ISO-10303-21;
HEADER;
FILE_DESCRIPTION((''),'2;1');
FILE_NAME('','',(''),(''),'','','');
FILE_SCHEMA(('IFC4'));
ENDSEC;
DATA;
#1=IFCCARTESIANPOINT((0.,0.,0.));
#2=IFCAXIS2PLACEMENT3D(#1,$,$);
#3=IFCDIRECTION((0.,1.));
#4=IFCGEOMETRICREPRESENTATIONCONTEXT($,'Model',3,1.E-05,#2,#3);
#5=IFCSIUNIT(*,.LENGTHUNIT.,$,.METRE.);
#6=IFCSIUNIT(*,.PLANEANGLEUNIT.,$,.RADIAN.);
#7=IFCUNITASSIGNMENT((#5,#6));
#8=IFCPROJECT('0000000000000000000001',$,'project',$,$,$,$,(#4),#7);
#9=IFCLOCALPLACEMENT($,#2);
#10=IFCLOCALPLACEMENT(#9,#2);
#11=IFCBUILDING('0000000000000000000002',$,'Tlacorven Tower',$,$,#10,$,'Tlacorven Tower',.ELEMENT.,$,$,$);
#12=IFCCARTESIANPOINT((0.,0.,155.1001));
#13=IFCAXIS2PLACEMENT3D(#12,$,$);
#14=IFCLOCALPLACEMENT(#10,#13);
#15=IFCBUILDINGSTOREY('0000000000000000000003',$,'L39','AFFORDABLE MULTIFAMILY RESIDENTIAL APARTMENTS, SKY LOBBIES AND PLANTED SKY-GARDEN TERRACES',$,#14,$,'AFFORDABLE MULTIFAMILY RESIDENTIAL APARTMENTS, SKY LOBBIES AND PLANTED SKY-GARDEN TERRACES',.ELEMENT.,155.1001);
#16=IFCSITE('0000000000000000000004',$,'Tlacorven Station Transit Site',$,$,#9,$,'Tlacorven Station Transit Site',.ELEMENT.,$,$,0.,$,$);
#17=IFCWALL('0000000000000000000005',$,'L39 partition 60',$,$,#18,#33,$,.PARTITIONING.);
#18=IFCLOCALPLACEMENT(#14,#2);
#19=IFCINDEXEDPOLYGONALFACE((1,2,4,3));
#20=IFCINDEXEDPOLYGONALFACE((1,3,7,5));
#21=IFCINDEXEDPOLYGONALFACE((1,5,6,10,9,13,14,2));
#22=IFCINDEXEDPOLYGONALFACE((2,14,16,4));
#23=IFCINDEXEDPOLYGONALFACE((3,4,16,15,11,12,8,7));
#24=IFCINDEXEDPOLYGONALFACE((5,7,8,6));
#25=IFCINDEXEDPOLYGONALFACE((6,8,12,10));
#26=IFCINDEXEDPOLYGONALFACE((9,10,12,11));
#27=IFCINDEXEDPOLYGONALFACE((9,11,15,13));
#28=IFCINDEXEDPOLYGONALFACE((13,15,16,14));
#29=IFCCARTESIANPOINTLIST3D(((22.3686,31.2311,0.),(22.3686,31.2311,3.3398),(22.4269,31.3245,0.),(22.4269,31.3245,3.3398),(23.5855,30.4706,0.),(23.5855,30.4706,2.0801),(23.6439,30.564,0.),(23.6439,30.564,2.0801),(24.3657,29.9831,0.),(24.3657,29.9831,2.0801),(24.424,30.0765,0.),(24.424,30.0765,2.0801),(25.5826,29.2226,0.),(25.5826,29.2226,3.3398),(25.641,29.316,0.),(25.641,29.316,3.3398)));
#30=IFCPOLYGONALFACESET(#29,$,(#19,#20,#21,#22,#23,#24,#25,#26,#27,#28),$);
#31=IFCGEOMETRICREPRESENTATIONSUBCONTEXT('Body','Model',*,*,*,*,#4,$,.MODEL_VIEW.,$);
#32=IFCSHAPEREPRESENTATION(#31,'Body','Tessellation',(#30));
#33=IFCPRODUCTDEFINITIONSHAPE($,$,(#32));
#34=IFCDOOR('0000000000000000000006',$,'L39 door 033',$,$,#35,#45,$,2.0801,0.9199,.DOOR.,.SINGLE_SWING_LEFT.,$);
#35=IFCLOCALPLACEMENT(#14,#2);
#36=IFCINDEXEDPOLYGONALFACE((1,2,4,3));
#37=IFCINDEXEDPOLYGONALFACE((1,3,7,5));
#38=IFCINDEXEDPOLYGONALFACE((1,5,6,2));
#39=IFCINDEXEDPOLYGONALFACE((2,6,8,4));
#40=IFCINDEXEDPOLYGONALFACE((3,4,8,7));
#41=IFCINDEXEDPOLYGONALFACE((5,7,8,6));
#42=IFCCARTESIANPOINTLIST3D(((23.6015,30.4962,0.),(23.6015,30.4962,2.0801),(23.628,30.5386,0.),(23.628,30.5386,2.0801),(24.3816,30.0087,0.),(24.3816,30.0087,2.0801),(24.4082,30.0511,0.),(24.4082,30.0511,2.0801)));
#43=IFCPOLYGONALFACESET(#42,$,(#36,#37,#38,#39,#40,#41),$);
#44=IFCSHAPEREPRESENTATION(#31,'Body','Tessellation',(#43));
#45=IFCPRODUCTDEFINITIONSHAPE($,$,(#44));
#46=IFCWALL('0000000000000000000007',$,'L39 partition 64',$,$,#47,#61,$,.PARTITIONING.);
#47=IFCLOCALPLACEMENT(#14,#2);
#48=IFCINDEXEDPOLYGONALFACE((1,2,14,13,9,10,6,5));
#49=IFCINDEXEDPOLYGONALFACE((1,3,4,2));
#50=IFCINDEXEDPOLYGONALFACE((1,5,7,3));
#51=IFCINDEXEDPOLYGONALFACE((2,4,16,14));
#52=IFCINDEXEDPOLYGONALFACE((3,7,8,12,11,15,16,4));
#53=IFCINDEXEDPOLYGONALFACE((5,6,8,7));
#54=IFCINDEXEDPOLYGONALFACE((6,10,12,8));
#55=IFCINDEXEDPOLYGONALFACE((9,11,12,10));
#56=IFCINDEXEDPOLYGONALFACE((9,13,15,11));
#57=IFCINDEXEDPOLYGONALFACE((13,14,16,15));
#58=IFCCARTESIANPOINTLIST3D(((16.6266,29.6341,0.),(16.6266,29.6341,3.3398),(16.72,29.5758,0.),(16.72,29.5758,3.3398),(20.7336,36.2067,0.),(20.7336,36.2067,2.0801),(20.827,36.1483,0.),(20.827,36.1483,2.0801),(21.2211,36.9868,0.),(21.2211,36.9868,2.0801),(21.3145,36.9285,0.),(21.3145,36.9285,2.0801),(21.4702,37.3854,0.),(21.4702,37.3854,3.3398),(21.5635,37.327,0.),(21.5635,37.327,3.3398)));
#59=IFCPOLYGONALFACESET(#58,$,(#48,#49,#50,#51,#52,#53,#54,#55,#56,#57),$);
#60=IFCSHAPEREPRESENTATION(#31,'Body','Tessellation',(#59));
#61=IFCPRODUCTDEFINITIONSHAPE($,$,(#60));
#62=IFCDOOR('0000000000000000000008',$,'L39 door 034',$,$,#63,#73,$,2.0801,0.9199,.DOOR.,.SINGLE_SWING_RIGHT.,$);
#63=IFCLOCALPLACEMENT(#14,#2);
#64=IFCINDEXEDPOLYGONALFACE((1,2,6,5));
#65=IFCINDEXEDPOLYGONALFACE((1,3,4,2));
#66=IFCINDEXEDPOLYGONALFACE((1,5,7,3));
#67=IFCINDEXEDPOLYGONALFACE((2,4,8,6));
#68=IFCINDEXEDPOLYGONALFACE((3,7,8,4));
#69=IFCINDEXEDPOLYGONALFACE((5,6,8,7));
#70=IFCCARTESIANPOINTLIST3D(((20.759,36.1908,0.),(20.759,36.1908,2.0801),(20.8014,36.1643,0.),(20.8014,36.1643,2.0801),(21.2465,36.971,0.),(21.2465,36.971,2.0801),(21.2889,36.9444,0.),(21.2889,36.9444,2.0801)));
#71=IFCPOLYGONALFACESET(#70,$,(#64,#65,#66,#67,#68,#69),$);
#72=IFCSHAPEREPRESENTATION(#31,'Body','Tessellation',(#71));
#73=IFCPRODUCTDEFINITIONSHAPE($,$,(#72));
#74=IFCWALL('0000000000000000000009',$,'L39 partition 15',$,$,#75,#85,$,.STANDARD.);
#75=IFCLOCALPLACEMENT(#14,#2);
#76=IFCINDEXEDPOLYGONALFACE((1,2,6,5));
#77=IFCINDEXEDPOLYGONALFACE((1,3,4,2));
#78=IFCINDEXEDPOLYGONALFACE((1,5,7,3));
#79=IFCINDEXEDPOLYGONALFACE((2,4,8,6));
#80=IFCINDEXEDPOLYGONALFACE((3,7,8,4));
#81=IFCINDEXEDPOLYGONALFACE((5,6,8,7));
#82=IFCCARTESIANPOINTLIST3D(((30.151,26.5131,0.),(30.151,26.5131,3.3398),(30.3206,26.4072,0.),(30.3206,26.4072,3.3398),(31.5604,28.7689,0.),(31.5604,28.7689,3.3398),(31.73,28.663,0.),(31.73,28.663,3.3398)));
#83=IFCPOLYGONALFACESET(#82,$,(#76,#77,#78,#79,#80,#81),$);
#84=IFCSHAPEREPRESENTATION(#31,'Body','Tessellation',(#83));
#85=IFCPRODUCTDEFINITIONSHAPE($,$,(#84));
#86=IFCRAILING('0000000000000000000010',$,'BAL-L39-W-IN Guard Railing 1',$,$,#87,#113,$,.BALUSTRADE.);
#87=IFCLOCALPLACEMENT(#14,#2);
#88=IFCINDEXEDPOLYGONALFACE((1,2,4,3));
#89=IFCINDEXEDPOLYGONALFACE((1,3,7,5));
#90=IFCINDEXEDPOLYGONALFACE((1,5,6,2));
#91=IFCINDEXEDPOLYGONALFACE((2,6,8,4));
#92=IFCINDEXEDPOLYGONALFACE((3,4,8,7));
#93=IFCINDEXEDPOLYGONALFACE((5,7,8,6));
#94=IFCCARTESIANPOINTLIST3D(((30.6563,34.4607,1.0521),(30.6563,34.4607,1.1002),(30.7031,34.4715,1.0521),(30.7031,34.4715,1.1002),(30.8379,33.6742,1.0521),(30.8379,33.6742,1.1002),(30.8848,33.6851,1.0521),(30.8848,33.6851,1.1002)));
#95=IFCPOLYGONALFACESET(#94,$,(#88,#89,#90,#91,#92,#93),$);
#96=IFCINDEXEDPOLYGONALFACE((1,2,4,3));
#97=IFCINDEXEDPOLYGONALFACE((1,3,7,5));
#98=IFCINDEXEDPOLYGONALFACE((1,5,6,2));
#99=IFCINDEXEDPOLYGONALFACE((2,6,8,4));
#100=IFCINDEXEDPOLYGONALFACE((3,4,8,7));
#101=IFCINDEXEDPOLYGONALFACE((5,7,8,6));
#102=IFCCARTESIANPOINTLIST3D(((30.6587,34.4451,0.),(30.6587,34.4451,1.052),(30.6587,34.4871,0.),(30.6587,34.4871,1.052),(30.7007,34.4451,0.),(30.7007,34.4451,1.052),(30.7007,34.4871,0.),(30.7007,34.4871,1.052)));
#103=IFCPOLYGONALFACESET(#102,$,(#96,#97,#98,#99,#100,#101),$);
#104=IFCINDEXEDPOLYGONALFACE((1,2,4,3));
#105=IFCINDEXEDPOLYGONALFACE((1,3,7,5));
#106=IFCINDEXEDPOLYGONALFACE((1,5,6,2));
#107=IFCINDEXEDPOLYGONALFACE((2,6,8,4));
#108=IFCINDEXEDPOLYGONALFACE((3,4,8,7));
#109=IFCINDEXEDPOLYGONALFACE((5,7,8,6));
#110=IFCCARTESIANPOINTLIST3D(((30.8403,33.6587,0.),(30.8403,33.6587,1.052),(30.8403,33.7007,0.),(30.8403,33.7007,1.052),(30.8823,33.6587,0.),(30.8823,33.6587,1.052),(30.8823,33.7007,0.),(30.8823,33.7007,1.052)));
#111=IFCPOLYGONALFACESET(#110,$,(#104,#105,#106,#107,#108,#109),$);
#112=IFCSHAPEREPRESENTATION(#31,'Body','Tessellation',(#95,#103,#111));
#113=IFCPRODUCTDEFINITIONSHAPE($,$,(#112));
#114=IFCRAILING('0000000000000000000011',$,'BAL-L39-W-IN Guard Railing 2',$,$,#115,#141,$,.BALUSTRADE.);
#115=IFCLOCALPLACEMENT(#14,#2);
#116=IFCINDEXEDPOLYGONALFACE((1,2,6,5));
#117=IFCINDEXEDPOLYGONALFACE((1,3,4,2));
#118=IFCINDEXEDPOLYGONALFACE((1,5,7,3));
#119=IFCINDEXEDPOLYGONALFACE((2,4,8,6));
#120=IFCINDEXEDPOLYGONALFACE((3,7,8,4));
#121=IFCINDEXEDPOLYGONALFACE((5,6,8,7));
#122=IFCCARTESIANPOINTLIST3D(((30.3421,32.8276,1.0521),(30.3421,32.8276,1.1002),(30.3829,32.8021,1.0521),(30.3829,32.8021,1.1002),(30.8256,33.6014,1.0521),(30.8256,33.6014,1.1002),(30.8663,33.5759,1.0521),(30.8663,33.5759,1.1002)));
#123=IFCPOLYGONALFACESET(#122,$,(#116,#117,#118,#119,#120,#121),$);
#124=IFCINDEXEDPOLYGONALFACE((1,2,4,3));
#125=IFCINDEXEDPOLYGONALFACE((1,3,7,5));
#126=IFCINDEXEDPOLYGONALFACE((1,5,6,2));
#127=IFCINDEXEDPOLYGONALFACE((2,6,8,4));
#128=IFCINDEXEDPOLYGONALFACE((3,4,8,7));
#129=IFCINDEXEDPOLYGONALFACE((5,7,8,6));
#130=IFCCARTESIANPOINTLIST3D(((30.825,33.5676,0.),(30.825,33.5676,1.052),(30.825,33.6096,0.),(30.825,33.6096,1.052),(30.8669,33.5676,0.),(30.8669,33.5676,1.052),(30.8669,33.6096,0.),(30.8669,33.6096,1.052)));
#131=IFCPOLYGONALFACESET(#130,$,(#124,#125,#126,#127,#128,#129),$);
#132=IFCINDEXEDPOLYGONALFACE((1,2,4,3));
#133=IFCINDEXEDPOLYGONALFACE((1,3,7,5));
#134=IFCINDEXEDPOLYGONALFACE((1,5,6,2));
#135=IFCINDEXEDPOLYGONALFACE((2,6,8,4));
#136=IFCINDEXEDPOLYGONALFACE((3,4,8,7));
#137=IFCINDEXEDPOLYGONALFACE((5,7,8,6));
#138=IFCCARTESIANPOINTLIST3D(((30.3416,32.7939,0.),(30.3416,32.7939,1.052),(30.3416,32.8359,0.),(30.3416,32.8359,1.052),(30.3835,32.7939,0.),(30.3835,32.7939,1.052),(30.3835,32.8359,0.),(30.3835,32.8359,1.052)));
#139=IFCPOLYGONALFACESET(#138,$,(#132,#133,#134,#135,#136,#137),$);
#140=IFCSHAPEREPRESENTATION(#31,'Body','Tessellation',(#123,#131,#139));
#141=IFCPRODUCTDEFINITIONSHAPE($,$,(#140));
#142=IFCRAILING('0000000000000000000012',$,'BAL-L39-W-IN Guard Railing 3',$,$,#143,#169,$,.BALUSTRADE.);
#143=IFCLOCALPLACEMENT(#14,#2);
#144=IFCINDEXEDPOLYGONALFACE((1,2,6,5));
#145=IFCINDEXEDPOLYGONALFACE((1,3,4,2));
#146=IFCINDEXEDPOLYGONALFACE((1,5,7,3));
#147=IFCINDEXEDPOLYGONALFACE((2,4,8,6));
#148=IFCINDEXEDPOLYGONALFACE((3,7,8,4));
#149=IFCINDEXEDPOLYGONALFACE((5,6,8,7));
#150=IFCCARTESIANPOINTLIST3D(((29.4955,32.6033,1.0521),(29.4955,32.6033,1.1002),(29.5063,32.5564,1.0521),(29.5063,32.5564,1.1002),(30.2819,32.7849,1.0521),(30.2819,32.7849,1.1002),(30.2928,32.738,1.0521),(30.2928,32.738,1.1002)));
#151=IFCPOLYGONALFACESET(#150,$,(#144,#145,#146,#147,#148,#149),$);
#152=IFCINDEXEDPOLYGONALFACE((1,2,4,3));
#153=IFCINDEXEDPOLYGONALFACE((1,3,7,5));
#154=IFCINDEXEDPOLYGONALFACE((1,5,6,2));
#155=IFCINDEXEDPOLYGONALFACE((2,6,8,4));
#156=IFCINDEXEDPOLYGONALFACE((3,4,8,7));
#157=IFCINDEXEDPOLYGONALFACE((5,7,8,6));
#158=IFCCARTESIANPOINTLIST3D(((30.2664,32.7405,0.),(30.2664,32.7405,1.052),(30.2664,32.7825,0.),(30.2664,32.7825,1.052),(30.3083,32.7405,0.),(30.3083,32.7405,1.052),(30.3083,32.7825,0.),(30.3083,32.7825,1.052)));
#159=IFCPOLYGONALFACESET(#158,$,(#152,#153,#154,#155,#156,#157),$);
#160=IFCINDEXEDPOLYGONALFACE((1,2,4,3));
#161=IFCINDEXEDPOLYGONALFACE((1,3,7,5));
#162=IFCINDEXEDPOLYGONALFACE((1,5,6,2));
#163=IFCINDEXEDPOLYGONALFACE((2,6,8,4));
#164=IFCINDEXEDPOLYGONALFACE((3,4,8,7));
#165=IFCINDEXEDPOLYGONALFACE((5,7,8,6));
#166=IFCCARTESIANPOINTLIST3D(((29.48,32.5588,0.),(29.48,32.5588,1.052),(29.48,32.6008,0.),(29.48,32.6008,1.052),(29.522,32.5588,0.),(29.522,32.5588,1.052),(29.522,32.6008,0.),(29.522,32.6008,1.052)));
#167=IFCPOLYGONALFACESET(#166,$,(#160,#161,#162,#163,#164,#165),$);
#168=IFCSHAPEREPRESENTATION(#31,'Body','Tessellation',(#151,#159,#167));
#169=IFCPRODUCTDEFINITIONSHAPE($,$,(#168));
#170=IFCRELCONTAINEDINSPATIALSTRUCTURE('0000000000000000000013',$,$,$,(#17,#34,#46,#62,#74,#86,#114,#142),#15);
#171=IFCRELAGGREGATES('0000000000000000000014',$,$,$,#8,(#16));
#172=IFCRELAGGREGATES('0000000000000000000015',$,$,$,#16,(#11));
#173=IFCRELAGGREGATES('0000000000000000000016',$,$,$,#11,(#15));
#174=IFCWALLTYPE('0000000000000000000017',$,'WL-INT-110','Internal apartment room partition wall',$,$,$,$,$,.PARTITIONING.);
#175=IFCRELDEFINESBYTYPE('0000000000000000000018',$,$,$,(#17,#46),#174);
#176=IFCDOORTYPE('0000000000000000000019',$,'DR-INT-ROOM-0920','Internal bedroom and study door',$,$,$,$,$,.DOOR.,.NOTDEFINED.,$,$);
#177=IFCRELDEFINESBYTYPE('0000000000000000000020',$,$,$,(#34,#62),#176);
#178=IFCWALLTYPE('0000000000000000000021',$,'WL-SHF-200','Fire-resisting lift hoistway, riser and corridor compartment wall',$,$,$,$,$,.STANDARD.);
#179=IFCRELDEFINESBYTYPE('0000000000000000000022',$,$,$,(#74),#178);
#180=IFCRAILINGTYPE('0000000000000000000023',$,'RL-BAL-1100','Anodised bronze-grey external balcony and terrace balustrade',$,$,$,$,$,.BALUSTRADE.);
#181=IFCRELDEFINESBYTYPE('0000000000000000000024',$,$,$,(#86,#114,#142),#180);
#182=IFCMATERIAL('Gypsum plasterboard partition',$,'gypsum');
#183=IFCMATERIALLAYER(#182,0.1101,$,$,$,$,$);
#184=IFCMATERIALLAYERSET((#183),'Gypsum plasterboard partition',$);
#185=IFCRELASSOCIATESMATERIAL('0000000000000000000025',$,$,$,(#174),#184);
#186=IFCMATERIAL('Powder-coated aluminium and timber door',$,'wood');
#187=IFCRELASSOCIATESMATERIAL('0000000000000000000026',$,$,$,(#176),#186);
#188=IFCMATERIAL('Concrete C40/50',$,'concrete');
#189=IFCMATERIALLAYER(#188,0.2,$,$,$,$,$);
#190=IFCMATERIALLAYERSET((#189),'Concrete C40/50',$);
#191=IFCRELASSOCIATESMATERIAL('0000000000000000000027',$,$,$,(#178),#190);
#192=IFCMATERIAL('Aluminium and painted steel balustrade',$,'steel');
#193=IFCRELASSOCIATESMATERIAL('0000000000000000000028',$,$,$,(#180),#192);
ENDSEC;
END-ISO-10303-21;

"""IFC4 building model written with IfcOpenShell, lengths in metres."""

from ifc_helpers import new_model, si_unit, direction, frame, frame_2d, origin, origin_2d, place, context, subcontext, project, spatial, rectangle, extrude, source, transform, mapped, material, layer, layer_set, type_object, element, fill, save


model = new_model("IFC4")

# Units and contexts
model_context = context("Model", 3, precision=1e-05, world=origin(), true_north=direction((0.0, 1.0)))
body_context = subcontext(model_context, "Body", "Model", "MODEL_VIEW")
ifc_project = project(units=[si_unit("LENGTHUNIT", "METRE"), si_unit("PLANEANGLEUNIT", "RADIAN")], contexts=[model_context])

# Site, building, storey
site_placement = place(None, origin())
site = spatial("IfcSite", under=ifc_project, at=site_placement, Name="Tlacorven Station Transit Site", LongName="Tlacorven Station Transit Site", CompositionType="ELEMENT", RefElevation=0.0)
building_placement = place(site_placement, origin())
building = spatial("IfcBuilding", under=site, at=building_placement, Name="Tlacorven Tower", LongName="Tlacorven Tower", CompositionType="ELEMENT")
storey_placement = place(building_placement, frame((0.0, 0.0, 155.1001)))
storey = spatial("IfcBuildingStorey", under=building, at=storey_placement, Name="L39", Description="AFFORDABLE MULTIFAMILY RESIDENTIAL APARTMENTS, SKY LOBBIES AND PLANTED SKY-GARDEN TERRACES", LongName="AFFORDABLE MULTIFAMILY RESIDENTIAL APARTMENTS, SKY LOBBIES AND PLANTED SKY-GARDEN TERRACES", CompositionType="ELEMENT", Elevation=155.1001)

# Walls, openings, doors
ifc_material_1 = material(Name="Gypsum plasterboard partition", Category="gypsum")
ifc_layer_1 = layer(ifc_material_1, 0.1101)
ifc_layer_set_1 = layer_set([ifc_layer_1], Name="Gypsum plasterboard partition")
wall_type_1 = type_object("IfcWallType", Name="WL-INT-110", Description="Internal apartment room partition wall", PredefinedType="PARTITIONING", material=ifc_layer_set_1)
wall_1_placement = place(storey_placement, frame((25.6118, 29.2693, 0.0), z_axis=(0.0, 0.0, 1.0), x_axis=(-0.848031, 0.529947, 0.0)))
wall_1 = element("IfcWall", 1, at=wall_1_placement, inside=storey, type_object=wall_type_1, Name="L39 partition 60", PredefinedType="PARTITIONING", context=body_context, shape_type="SweptSolid", body=[
    extrude(rectangle(XDim=3.79, YDim=0.1101, at=frame_2d((1.895, 0.0))), origin(), (0.0, 0.0, 1.0), 3.3398),
])
opening_1_placement = place(wall_1_placement, frame((1.4351, 0.0, 0.0)))
opening_1 = element("IfcOpeningElement", 2, at=opening_1_placement, cuts=wall_1, PredefinedType="OPENING", context=body_context, shape_type="SweptSolid", body=[
    extrude(rectangle(XDim=0.9199, YDim=2.0801, at=frame_2d((0.46, 1.04))), frame((0.0, 0.0649, 0.0), z_axis=(0.0, -1.0, 0.0), x_axis=(1.0, 0.0, 0.0)), (0.0, 0.0, 1.0), 0.1301),
])
ifc_material_2 = material(Name="Powder-coated aluminium and timber door", Category="wood")
door_type = type_object("IfcDoorType", Name="DR-INT-ROOM-0920", Description="Internal bedroom and study door", OperationType="NOTDEFINED", PredefinedType="DOOR", material=ifc_material_2)
shared_shape_1 = source(origin(), body_context, "Body", "SweptSolid", [
    extrude(rectangle(XDim=0.9199, YDim=2.0801, at=frame_2d((0.46, 1.04))), frame((0.0, 0.0249, 0.0), z_axis=(0.0, -1.0, 0.0), x_axis=(1.0, 0.0, 0.0)), (0.0, 0.0, 1.0), 0.05),
])
door_1_placement = place(opening_1_placement, origin())
door_1 = element("IfcDoor", 3, at=door_1_placement, inside=storey, type_object=door_type, Name="L39 door 033", OperationType="SINGLE_SWING_LEFT", OverallHeight=2.0801, OverallWidth=0.9199, PredefinedType="DOOR", context=body_context, shape_type="MappedRepresentation", body=[
    mapped(shared_shape_1, transform((0.0, 0.0, 0.0), scale=1.0)),
])
fill(opening_1, door_1)
wall_2_placement = place(storey_placement, frame((21.5168, 37.3562, 0.0), z_axis=(0.0, 0.0, 1.0), x_axis=(-0.52992, -0.848048, 0.0)))
wall_2 = element("IfcWall", 4, at=wall_2_placement, inside=storey, type_object=wall_type_1, Name="L39 partition 64", PredefinedType="PARTITIONING", context=body_context, shape_type="SweptSolid", body=[
    extrude(rectangle(XDim=9.1401, YDim=0.1101, at=frame_2d((4.5701, 0.0))), origin(), (0.0, 0.0, 1.0), 3.3398),
])
opening_2_placement = place(wall_2_placement, frame((0.47, 0.0, 0.0)))
opening_2 = element("IfcOpeningElement", 5, at=opening_2_placement, cuts=wall_2, PredefinedType="OPENING", context=body_context, shape_type="SweptSolid", body=[
    extrude(rectangle(XDim=0.9199, YDim=2.0801, at=frame_2d((0.46, 1.04))), frame((0.0, 0.0649, 0.0), z_axis=(0.0, -1.0, 0.0), x_axis=(1.0, 0.0, 0.0)), (0.0, 0.0, 1.0), 0.1301),
])
door_2_placement = place(opening_2_placement, origin())
door_2 = element("IfcDoor", 6, at=door_2_placement, inside=storey, type_object=door_type, Name="L39 door 034", OperationType="SINGLE_SWING_RIGHT", OverallHeight=2.0801, OverallWidth=0.9199, PredefinedType="DOOR", context=body_context, shape_type="MappedRepresentation", body=[
    mapped(shared_shape_1, transform((0.0, 0.0, 0.0), scale=1.0)),
])
fill(opening_2, door_2)

# Wall
ifc_material_3 = material(Name="Concrete C40/50", Category="concrete")
ifc_layer_2 = layer(ifc_material_3, 0.2)
ifc_layer_set_2 = layer_set([ifc_layer_2], Name="Concrete C40/50")
wall_type_2 = type_object("IfcWallType", Name="WL-SHF-200", Description="Fire-resisting lift hoistway, riser and corridor compartment wall", PredefinedType="STANDARD", material=ifc_layer_set_2)
wall_3_placement = place(storey_placement, frame((31.6453, 28.7161, 0.0), z_axis=(0.0, 0.0, 1.0), x_axis=(-0.529867, -0.848081, 0.0)))
element("IfcWall", 7, at=wall_3_placement, inside=storey, type_object=wall_type_2, Name="L39 partition 15", PredefinedType="STANDARD", context=body_context, shape_type="SweptSolid", body=[
    extrude(rectangle(XDim=2.6599, YDim=0.2, at=frame_2d((1.3301, 0.0))), origin(), (0.0, 0.0, 1.0), 3.3398),
])

# Railings
ifc_material_4 = material(Name="Aluminium and painted steel balustrade", Category="steel")
railing_type = type_object("IfcRailingType", Name="RL-BAL-1100", Description="Anodised bronze-grey external balcony and terrace balustrade", PredefinedType="BALUSTRADE", material=ifc_material_4)
shared_shape_2 = source(origin(), body_context, "Body", "SweptSolid", [
    extrude(rectangle(XDim=0.0481, YDim=0.0481, at=origin_2d()), frame((0.0, 0.0, 1.0762), z_axis=(0.225058, -0.974345, 0.0), x_axis=(0.974345, 0.225058, 0.0)), (0.0, 0.0, 1.0), 0.8071),
    extrude(rectangle(XDim=0.042, YDim=0.042, at=origin_2d()), origin(), (0.0, 0.0, 1.0), 1.052),
    extrude(rectangle(XDim=0.042, YDim=0.042, at=origin_2d()), frame((0.1816, -0.7864, 0.0)), (0.0, 0.0, 1.0), 1.052),
])
railing_1_placement = place(storey_placement, frame((30.6797, 34.4661, 0.0)))
element("IfcRailing", 8, at=railing_1_placement, inside=storey, type_object=railing_type, Name="BAL-L39-W-IN Guard Railing 1", PredefinedType="BALUSTRADE", context=body_context, shape_type="MappedRepresentation", body=[
    mapped(shared_shape_2, transform((0.0, 0.0, 0.0), scale=1.0)),
])
shared_shape_3 = source(origin(), body_context, "Body", "SweptSolid", [
    extrude(rectangle(XDim=0.0481, YDim=0.0481, at=origin_2d()), frame((0.0, 0.0, 1.0762), z_axis=(-0.529879, -0.848073, 0.0), x_axis=(0.848073, -0.529879, 0.0)), (0.0, 0.0, 1.0), 0.9124),
    extrude(rectangle(XDim=0.042, YDim=0.042, at=origin_2d()), origin(), (0.0, 0.0, 1.0), 1.052),
    extrude(rectangle(XDim=0.042, YDim=0.042, at=origin_2d()), frame((-0.4834, -0.7737, 0.0)), (0.0, 0.0, 1.0), 1.052),
])
railing_2_placement = place(storey_placement, frame((30.8459, 33.5886, 0.0)))
element("IfcRailing", 9, at=railing_2_placement, inside=storey, type_object=railing_type, Name="BAL-L39-W-IN Guard Railing 2", PredefinedType="BALUSTRADE", context=body_context, shape_type="MappedRepresentation", body=[
    mapped(shared_shape_3, transform((0.0, 0.0, 0.0), scale=1.0)),
])
shared_shape_4 = source(origin(), body_context, "Body", "SweptSolid", [
    extrude(rectangle(XDim=0.0481, YDim=0.0481, at=origin_2d()), frame((0.0, 0.0, 1.0762), z_axis=(-0.974345, -0.225058, 0.0), x_axis=(0.225058, -0.974345, 0.0)), (0.0, 0.0, 1.0), 0.8071),
    extrude(rectangle(XDim=0.042, YDim=0.042, at=origin_2d()), origin(), (0.0, 0.0, 1.0), 1.052),
    extrude(rectangle(XDim=0.042, YDim=0.042, at=origin_2d()), frame((-0.7864, -0.1816, 0.0)), (0.0, 0.0, 1.0), 1.052),
])
railing_3_placement = place(storey_placement, frame((30.2874, 32.7615, 0.0)))
element("IfcRailing", 10, at=railing_3_placement, inside=storey, type_object=railing_type, Name="BAL-L39-W-IN Guard Railing 3", PredefinedType="BALUSTRADE", context=body_context, shape_type="MappedRepresentation", body=[
    mapped(shared_shape_4, transform((0.0, 0.0, 0.0), scale=1.0)),
])

save(model, "model.ifc")
